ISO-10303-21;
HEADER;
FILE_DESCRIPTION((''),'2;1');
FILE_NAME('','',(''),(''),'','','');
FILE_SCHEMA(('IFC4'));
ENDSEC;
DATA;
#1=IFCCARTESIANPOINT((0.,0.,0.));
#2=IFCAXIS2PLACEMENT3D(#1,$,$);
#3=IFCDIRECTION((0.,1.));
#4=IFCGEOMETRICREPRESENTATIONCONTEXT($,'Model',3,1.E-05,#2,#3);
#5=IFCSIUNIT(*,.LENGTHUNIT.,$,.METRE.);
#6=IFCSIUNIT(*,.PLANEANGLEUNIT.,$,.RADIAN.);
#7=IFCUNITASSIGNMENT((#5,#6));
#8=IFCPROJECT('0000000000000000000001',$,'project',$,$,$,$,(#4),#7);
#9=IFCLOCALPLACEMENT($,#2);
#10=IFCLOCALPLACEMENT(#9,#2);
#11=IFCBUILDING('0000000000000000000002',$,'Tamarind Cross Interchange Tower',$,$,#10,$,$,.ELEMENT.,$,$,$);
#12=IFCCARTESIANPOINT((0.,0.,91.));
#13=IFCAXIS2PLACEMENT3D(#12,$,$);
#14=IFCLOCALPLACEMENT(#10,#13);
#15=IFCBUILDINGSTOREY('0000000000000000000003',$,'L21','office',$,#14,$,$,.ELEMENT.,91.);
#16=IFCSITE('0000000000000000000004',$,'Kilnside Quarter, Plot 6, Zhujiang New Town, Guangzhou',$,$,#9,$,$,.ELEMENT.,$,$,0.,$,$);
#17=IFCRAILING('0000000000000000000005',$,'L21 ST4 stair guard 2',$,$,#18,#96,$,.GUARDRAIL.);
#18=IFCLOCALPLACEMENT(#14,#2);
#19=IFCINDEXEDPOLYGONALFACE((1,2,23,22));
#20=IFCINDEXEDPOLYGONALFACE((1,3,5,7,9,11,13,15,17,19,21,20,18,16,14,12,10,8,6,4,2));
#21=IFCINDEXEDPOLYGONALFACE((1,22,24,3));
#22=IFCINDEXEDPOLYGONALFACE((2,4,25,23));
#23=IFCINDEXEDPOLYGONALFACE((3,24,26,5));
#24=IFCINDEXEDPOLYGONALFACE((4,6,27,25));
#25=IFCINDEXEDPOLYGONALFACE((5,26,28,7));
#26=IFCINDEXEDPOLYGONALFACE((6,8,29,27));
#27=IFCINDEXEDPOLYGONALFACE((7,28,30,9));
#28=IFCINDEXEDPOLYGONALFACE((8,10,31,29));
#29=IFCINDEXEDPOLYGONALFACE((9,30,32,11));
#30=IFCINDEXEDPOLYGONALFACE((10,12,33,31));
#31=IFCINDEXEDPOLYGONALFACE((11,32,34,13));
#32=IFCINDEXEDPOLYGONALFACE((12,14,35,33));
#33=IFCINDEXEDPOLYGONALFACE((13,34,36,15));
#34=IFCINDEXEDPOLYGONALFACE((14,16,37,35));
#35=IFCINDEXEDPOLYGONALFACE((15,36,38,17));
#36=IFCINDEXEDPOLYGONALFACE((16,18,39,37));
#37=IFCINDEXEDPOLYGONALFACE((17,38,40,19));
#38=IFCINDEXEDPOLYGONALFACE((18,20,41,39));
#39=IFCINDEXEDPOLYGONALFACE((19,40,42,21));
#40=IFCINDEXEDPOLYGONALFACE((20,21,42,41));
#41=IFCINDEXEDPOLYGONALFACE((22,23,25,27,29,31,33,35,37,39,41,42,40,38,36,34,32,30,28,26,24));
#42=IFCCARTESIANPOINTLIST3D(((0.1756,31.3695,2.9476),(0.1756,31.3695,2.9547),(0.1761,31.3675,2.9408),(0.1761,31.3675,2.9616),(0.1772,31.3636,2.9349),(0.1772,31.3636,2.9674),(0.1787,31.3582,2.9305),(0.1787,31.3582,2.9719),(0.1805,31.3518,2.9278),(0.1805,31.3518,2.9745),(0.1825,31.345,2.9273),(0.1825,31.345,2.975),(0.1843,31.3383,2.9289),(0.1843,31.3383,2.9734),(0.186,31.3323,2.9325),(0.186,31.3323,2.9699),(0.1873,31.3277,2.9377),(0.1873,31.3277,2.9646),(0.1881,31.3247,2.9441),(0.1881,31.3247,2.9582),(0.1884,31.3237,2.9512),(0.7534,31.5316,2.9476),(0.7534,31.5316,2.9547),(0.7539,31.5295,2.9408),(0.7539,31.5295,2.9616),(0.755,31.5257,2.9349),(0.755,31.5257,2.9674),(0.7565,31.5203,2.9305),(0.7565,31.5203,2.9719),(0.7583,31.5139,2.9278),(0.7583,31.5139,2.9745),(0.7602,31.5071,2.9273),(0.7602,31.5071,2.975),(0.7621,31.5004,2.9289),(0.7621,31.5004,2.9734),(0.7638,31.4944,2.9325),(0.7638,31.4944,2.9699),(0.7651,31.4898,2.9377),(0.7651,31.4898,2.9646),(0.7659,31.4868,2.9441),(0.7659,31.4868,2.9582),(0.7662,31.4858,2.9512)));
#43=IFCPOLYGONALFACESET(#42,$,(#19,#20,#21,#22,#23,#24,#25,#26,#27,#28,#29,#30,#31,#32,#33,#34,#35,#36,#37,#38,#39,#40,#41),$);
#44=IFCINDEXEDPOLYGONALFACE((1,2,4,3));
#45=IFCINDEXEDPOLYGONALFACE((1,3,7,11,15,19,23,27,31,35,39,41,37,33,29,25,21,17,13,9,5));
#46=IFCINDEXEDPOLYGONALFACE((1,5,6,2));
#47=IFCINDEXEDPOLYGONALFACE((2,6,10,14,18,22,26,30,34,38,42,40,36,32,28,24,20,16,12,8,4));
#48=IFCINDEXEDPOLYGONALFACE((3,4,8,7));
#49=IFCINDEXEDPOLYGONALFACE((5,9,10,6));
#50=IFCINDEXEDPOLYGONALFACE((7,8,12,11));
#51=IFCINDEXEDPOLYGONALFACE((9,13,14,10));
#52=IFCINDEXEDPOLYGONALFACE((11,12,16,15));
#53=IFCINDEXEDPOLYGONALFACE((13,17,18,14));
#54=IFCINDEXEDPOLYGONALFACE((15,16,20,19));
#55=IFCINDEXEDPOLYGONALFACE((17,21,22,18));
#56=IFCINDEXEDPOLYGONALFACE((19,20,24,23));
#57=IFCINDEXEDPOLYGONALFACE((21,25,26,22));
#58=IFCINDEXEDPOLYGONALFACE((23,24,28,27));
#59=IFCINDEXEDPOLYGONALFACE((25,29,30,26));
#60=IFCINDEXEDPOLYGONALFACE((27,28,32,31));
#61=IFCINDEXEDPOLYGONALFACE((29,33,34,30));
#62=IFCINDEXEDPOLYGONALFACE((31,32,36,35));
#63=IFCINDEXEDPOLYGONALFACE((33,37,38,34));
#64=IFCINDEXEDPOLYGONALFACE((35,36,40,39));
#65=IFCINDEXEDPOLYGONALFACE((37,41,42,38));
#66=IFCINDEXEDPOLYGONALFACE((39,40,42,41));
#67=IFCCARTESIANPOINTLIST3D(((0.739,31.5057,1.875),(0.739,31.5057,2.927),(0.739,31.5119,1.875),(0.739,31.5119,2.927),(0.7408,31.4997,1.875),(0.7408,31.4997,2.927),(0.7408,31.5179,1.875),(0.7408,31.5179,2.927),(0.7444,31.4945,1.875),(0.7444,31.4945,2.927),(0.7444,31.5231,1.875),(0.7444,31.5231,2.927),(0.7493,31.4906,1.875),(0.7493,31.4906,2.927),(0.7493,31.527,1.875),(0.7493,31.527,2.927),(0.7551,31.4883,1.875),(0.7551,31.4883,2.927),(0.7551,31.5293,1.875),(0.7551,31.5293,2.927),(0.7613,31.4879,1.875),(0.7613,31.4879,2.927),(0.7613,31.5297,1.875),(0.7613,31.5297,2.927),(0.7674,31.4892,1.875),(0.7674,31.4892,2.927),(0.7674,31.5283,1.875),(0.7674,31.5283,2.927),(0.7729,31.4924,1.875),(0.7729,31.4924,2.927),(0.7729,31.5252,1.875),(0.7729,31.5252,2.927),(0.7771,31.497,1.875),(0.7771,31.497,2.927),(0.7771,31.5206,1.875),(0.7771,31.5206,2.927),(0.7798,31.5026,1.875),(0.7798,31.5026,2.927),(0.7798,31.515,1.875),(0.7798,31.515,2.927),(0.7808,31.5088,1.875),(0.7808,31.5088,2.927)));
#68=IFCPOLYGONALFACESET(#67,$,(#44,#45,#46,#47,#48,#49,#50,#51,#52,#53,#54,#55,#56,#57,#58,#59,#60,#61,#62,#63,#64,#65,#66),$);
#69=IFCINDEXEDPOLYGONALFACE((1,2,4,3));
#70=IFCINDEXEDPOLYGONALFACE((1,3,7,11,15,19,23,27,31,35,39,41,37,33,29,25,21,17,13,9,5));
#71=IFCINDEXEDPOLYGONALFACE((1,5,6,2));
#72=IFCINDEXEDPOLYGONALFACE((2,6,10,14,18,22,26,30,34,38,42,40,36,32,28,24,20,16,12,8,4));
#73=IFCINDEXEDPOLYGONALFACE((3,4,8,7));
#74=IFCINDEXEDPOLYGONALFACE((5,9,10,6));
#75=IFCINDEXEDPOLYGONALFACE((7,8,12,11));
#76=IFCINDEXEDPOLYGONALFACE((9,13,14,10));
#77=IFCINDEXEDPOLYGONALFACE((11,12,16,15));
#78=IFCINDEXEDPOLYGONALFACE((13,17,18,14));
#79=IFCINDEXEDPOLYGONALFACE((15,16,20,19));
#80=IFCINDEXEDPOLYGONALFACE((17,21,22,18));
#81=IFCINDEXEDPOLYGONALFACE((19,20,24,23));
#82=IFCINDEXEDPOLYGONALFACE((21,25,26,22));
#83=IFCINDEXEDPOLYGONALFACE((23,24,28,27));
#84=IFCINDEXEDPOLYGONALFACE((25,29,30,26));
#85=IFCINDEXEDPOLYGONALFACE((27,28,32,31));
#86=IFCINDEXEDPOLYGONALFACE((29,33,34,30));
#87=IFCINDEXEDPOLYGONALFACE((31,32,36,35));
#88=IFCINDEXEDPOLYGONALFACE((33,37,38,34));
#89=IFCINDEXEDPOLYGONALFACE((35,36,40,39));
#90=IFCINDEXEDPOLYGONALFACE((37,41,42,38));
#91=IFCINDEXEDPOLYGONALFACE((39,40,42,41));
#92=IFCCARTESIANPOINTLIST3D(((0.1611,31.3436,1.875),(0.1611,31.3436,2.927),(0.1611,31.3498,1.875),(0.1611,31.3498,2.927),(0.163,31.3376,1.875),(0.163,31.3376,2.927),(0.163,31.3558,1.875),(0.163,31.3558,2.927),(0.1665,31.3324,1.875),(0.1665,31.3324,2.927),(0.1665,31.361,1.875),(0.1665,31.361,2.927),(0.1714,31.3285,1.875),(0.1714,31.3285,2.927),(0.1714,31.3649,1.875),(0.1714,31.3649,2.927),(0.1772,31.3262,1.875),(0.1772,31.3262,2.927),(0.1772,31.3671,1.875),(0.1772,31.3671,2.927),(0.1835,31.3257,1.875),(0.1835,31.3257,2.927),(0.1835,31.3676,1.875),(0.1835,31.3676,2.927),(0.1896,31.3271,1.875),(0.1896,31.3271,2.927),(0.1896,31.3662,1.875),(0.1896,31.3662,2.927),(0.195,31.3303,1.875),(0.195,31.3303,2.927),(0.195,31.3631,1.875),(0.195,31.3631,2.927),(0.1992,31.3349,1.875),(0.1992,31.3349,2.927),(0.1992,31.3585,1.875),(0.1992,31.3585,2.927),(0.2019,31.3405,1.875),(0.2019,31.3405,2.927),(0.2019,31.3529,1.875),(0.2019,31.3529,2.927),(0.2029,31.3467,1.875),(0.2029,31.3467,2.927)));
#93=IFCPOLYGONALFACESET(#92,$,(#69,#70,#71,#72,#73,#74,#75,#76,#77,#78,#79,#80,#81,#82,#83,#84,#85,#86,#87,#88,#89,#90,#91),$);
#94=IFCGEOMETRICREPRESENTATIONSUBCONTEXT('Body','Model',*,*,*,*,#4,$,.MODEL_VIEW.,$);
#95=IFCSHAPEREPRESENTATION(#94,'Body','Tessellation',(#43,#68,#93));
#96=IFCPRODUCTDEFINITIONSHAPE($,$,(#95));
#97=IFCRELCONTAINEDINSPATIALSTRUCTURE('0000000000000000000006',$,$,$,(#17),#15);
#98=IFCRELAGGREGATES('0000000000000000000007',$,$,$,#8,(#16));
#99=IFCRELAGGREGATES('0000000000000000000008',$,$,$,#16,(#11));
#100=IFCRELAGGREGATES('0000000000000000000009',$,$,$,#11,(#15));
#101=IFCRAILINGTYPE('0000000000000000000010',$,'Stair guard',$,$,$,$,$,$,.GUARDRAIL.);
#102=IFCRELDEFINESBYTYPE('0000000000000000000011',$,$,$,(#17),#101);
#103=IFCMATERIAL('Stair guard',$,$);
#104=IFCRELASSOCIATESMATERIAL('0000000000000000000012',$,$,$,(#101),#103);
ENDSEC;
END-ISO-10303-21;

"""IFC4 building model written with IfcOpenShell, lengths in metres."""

from ifc_helpers import new_model, si_unit, direction, frame, origin, origin_2d, place, context, subcontext, project, spatial, circle, extrude, material, type_object, element, save


model = new_model("IFC4")

# Units and contexts
model_context = context("Model", 3, precision=1e-05, world=origin(), true_north=direction((0.0, 1.0)))
body_context = subcontext(model_context, "Body", "Model", "MODEL_VIEW")
ifc_project = project(units=[si_unit("LENGTHUNIT", "METRE"), si_unit("PLANEANGLEUNIT", "RADIAN")], contexts=[model_context])

# Site, building, storey
site_placement = place(None, origin())
site = spatial("IfcSite", under=ifc_project, at=site_placement, Name="Kilnside Quarter, Plot 6, Zhujiang New Town, Guangzhou", CompositionType="ELEMENT", RefElevation=0.0)
building_placement = place(site_placement, origin())
building = spatial("IfcBuilding", under=site, at=building_placement, Name="Tamarind Cross Interchange Tower", CompositionType="ELEMENT")
storey_placement = place(building_placement, frame((0.0, 0.0, 91.0)))
storey = spatial("IfcBuildingStorey", under=building, at=storey_placement, Name="L21", Description="office", CompositionType="ELEMENT", Elevation=91.0)

# Railing
ifc_material_1 = material(Name="Stair guard")
railing_type_1 = type_object("IfcRailingType", Name="Stair guard", PredefinedType="GUARDRAIL", material=ifc_material_1)
railing_1_placement = place(storey_placement, frame((0.7598, 31.5088, 1.875)))
element("IfcRailing", 1, at=railing_1_placement, inside=storey, type_object=railing_type_1, Name="L21 ST4 stair guard 2", PredefinedType="GUARDRAIL", context=body_context, shape_type="SweptSolid", body=[
    extrude(circle(Radius=0.0239, at=origin_2d()), frame((0.0, 0.0, 1.0762), z_axis=(-0.962833, -0.270098, 0.0), x_axis=(0.270098, -0.962833, 0.0)), (0.0, 0.0, 1.0), 0.6001),
    extrude(circle(Radius=0.021, at=origin_2d()), origin(), (0.0, 0.0, 1.0), 1.052),
    extrude(circle(Radius=0.021, at=origin_2d()), frame((-0.5779, -0.1621, 0.0)), (0.0, 0.0, 1.0), 1.052),
])

save(model, "model.ifc")
